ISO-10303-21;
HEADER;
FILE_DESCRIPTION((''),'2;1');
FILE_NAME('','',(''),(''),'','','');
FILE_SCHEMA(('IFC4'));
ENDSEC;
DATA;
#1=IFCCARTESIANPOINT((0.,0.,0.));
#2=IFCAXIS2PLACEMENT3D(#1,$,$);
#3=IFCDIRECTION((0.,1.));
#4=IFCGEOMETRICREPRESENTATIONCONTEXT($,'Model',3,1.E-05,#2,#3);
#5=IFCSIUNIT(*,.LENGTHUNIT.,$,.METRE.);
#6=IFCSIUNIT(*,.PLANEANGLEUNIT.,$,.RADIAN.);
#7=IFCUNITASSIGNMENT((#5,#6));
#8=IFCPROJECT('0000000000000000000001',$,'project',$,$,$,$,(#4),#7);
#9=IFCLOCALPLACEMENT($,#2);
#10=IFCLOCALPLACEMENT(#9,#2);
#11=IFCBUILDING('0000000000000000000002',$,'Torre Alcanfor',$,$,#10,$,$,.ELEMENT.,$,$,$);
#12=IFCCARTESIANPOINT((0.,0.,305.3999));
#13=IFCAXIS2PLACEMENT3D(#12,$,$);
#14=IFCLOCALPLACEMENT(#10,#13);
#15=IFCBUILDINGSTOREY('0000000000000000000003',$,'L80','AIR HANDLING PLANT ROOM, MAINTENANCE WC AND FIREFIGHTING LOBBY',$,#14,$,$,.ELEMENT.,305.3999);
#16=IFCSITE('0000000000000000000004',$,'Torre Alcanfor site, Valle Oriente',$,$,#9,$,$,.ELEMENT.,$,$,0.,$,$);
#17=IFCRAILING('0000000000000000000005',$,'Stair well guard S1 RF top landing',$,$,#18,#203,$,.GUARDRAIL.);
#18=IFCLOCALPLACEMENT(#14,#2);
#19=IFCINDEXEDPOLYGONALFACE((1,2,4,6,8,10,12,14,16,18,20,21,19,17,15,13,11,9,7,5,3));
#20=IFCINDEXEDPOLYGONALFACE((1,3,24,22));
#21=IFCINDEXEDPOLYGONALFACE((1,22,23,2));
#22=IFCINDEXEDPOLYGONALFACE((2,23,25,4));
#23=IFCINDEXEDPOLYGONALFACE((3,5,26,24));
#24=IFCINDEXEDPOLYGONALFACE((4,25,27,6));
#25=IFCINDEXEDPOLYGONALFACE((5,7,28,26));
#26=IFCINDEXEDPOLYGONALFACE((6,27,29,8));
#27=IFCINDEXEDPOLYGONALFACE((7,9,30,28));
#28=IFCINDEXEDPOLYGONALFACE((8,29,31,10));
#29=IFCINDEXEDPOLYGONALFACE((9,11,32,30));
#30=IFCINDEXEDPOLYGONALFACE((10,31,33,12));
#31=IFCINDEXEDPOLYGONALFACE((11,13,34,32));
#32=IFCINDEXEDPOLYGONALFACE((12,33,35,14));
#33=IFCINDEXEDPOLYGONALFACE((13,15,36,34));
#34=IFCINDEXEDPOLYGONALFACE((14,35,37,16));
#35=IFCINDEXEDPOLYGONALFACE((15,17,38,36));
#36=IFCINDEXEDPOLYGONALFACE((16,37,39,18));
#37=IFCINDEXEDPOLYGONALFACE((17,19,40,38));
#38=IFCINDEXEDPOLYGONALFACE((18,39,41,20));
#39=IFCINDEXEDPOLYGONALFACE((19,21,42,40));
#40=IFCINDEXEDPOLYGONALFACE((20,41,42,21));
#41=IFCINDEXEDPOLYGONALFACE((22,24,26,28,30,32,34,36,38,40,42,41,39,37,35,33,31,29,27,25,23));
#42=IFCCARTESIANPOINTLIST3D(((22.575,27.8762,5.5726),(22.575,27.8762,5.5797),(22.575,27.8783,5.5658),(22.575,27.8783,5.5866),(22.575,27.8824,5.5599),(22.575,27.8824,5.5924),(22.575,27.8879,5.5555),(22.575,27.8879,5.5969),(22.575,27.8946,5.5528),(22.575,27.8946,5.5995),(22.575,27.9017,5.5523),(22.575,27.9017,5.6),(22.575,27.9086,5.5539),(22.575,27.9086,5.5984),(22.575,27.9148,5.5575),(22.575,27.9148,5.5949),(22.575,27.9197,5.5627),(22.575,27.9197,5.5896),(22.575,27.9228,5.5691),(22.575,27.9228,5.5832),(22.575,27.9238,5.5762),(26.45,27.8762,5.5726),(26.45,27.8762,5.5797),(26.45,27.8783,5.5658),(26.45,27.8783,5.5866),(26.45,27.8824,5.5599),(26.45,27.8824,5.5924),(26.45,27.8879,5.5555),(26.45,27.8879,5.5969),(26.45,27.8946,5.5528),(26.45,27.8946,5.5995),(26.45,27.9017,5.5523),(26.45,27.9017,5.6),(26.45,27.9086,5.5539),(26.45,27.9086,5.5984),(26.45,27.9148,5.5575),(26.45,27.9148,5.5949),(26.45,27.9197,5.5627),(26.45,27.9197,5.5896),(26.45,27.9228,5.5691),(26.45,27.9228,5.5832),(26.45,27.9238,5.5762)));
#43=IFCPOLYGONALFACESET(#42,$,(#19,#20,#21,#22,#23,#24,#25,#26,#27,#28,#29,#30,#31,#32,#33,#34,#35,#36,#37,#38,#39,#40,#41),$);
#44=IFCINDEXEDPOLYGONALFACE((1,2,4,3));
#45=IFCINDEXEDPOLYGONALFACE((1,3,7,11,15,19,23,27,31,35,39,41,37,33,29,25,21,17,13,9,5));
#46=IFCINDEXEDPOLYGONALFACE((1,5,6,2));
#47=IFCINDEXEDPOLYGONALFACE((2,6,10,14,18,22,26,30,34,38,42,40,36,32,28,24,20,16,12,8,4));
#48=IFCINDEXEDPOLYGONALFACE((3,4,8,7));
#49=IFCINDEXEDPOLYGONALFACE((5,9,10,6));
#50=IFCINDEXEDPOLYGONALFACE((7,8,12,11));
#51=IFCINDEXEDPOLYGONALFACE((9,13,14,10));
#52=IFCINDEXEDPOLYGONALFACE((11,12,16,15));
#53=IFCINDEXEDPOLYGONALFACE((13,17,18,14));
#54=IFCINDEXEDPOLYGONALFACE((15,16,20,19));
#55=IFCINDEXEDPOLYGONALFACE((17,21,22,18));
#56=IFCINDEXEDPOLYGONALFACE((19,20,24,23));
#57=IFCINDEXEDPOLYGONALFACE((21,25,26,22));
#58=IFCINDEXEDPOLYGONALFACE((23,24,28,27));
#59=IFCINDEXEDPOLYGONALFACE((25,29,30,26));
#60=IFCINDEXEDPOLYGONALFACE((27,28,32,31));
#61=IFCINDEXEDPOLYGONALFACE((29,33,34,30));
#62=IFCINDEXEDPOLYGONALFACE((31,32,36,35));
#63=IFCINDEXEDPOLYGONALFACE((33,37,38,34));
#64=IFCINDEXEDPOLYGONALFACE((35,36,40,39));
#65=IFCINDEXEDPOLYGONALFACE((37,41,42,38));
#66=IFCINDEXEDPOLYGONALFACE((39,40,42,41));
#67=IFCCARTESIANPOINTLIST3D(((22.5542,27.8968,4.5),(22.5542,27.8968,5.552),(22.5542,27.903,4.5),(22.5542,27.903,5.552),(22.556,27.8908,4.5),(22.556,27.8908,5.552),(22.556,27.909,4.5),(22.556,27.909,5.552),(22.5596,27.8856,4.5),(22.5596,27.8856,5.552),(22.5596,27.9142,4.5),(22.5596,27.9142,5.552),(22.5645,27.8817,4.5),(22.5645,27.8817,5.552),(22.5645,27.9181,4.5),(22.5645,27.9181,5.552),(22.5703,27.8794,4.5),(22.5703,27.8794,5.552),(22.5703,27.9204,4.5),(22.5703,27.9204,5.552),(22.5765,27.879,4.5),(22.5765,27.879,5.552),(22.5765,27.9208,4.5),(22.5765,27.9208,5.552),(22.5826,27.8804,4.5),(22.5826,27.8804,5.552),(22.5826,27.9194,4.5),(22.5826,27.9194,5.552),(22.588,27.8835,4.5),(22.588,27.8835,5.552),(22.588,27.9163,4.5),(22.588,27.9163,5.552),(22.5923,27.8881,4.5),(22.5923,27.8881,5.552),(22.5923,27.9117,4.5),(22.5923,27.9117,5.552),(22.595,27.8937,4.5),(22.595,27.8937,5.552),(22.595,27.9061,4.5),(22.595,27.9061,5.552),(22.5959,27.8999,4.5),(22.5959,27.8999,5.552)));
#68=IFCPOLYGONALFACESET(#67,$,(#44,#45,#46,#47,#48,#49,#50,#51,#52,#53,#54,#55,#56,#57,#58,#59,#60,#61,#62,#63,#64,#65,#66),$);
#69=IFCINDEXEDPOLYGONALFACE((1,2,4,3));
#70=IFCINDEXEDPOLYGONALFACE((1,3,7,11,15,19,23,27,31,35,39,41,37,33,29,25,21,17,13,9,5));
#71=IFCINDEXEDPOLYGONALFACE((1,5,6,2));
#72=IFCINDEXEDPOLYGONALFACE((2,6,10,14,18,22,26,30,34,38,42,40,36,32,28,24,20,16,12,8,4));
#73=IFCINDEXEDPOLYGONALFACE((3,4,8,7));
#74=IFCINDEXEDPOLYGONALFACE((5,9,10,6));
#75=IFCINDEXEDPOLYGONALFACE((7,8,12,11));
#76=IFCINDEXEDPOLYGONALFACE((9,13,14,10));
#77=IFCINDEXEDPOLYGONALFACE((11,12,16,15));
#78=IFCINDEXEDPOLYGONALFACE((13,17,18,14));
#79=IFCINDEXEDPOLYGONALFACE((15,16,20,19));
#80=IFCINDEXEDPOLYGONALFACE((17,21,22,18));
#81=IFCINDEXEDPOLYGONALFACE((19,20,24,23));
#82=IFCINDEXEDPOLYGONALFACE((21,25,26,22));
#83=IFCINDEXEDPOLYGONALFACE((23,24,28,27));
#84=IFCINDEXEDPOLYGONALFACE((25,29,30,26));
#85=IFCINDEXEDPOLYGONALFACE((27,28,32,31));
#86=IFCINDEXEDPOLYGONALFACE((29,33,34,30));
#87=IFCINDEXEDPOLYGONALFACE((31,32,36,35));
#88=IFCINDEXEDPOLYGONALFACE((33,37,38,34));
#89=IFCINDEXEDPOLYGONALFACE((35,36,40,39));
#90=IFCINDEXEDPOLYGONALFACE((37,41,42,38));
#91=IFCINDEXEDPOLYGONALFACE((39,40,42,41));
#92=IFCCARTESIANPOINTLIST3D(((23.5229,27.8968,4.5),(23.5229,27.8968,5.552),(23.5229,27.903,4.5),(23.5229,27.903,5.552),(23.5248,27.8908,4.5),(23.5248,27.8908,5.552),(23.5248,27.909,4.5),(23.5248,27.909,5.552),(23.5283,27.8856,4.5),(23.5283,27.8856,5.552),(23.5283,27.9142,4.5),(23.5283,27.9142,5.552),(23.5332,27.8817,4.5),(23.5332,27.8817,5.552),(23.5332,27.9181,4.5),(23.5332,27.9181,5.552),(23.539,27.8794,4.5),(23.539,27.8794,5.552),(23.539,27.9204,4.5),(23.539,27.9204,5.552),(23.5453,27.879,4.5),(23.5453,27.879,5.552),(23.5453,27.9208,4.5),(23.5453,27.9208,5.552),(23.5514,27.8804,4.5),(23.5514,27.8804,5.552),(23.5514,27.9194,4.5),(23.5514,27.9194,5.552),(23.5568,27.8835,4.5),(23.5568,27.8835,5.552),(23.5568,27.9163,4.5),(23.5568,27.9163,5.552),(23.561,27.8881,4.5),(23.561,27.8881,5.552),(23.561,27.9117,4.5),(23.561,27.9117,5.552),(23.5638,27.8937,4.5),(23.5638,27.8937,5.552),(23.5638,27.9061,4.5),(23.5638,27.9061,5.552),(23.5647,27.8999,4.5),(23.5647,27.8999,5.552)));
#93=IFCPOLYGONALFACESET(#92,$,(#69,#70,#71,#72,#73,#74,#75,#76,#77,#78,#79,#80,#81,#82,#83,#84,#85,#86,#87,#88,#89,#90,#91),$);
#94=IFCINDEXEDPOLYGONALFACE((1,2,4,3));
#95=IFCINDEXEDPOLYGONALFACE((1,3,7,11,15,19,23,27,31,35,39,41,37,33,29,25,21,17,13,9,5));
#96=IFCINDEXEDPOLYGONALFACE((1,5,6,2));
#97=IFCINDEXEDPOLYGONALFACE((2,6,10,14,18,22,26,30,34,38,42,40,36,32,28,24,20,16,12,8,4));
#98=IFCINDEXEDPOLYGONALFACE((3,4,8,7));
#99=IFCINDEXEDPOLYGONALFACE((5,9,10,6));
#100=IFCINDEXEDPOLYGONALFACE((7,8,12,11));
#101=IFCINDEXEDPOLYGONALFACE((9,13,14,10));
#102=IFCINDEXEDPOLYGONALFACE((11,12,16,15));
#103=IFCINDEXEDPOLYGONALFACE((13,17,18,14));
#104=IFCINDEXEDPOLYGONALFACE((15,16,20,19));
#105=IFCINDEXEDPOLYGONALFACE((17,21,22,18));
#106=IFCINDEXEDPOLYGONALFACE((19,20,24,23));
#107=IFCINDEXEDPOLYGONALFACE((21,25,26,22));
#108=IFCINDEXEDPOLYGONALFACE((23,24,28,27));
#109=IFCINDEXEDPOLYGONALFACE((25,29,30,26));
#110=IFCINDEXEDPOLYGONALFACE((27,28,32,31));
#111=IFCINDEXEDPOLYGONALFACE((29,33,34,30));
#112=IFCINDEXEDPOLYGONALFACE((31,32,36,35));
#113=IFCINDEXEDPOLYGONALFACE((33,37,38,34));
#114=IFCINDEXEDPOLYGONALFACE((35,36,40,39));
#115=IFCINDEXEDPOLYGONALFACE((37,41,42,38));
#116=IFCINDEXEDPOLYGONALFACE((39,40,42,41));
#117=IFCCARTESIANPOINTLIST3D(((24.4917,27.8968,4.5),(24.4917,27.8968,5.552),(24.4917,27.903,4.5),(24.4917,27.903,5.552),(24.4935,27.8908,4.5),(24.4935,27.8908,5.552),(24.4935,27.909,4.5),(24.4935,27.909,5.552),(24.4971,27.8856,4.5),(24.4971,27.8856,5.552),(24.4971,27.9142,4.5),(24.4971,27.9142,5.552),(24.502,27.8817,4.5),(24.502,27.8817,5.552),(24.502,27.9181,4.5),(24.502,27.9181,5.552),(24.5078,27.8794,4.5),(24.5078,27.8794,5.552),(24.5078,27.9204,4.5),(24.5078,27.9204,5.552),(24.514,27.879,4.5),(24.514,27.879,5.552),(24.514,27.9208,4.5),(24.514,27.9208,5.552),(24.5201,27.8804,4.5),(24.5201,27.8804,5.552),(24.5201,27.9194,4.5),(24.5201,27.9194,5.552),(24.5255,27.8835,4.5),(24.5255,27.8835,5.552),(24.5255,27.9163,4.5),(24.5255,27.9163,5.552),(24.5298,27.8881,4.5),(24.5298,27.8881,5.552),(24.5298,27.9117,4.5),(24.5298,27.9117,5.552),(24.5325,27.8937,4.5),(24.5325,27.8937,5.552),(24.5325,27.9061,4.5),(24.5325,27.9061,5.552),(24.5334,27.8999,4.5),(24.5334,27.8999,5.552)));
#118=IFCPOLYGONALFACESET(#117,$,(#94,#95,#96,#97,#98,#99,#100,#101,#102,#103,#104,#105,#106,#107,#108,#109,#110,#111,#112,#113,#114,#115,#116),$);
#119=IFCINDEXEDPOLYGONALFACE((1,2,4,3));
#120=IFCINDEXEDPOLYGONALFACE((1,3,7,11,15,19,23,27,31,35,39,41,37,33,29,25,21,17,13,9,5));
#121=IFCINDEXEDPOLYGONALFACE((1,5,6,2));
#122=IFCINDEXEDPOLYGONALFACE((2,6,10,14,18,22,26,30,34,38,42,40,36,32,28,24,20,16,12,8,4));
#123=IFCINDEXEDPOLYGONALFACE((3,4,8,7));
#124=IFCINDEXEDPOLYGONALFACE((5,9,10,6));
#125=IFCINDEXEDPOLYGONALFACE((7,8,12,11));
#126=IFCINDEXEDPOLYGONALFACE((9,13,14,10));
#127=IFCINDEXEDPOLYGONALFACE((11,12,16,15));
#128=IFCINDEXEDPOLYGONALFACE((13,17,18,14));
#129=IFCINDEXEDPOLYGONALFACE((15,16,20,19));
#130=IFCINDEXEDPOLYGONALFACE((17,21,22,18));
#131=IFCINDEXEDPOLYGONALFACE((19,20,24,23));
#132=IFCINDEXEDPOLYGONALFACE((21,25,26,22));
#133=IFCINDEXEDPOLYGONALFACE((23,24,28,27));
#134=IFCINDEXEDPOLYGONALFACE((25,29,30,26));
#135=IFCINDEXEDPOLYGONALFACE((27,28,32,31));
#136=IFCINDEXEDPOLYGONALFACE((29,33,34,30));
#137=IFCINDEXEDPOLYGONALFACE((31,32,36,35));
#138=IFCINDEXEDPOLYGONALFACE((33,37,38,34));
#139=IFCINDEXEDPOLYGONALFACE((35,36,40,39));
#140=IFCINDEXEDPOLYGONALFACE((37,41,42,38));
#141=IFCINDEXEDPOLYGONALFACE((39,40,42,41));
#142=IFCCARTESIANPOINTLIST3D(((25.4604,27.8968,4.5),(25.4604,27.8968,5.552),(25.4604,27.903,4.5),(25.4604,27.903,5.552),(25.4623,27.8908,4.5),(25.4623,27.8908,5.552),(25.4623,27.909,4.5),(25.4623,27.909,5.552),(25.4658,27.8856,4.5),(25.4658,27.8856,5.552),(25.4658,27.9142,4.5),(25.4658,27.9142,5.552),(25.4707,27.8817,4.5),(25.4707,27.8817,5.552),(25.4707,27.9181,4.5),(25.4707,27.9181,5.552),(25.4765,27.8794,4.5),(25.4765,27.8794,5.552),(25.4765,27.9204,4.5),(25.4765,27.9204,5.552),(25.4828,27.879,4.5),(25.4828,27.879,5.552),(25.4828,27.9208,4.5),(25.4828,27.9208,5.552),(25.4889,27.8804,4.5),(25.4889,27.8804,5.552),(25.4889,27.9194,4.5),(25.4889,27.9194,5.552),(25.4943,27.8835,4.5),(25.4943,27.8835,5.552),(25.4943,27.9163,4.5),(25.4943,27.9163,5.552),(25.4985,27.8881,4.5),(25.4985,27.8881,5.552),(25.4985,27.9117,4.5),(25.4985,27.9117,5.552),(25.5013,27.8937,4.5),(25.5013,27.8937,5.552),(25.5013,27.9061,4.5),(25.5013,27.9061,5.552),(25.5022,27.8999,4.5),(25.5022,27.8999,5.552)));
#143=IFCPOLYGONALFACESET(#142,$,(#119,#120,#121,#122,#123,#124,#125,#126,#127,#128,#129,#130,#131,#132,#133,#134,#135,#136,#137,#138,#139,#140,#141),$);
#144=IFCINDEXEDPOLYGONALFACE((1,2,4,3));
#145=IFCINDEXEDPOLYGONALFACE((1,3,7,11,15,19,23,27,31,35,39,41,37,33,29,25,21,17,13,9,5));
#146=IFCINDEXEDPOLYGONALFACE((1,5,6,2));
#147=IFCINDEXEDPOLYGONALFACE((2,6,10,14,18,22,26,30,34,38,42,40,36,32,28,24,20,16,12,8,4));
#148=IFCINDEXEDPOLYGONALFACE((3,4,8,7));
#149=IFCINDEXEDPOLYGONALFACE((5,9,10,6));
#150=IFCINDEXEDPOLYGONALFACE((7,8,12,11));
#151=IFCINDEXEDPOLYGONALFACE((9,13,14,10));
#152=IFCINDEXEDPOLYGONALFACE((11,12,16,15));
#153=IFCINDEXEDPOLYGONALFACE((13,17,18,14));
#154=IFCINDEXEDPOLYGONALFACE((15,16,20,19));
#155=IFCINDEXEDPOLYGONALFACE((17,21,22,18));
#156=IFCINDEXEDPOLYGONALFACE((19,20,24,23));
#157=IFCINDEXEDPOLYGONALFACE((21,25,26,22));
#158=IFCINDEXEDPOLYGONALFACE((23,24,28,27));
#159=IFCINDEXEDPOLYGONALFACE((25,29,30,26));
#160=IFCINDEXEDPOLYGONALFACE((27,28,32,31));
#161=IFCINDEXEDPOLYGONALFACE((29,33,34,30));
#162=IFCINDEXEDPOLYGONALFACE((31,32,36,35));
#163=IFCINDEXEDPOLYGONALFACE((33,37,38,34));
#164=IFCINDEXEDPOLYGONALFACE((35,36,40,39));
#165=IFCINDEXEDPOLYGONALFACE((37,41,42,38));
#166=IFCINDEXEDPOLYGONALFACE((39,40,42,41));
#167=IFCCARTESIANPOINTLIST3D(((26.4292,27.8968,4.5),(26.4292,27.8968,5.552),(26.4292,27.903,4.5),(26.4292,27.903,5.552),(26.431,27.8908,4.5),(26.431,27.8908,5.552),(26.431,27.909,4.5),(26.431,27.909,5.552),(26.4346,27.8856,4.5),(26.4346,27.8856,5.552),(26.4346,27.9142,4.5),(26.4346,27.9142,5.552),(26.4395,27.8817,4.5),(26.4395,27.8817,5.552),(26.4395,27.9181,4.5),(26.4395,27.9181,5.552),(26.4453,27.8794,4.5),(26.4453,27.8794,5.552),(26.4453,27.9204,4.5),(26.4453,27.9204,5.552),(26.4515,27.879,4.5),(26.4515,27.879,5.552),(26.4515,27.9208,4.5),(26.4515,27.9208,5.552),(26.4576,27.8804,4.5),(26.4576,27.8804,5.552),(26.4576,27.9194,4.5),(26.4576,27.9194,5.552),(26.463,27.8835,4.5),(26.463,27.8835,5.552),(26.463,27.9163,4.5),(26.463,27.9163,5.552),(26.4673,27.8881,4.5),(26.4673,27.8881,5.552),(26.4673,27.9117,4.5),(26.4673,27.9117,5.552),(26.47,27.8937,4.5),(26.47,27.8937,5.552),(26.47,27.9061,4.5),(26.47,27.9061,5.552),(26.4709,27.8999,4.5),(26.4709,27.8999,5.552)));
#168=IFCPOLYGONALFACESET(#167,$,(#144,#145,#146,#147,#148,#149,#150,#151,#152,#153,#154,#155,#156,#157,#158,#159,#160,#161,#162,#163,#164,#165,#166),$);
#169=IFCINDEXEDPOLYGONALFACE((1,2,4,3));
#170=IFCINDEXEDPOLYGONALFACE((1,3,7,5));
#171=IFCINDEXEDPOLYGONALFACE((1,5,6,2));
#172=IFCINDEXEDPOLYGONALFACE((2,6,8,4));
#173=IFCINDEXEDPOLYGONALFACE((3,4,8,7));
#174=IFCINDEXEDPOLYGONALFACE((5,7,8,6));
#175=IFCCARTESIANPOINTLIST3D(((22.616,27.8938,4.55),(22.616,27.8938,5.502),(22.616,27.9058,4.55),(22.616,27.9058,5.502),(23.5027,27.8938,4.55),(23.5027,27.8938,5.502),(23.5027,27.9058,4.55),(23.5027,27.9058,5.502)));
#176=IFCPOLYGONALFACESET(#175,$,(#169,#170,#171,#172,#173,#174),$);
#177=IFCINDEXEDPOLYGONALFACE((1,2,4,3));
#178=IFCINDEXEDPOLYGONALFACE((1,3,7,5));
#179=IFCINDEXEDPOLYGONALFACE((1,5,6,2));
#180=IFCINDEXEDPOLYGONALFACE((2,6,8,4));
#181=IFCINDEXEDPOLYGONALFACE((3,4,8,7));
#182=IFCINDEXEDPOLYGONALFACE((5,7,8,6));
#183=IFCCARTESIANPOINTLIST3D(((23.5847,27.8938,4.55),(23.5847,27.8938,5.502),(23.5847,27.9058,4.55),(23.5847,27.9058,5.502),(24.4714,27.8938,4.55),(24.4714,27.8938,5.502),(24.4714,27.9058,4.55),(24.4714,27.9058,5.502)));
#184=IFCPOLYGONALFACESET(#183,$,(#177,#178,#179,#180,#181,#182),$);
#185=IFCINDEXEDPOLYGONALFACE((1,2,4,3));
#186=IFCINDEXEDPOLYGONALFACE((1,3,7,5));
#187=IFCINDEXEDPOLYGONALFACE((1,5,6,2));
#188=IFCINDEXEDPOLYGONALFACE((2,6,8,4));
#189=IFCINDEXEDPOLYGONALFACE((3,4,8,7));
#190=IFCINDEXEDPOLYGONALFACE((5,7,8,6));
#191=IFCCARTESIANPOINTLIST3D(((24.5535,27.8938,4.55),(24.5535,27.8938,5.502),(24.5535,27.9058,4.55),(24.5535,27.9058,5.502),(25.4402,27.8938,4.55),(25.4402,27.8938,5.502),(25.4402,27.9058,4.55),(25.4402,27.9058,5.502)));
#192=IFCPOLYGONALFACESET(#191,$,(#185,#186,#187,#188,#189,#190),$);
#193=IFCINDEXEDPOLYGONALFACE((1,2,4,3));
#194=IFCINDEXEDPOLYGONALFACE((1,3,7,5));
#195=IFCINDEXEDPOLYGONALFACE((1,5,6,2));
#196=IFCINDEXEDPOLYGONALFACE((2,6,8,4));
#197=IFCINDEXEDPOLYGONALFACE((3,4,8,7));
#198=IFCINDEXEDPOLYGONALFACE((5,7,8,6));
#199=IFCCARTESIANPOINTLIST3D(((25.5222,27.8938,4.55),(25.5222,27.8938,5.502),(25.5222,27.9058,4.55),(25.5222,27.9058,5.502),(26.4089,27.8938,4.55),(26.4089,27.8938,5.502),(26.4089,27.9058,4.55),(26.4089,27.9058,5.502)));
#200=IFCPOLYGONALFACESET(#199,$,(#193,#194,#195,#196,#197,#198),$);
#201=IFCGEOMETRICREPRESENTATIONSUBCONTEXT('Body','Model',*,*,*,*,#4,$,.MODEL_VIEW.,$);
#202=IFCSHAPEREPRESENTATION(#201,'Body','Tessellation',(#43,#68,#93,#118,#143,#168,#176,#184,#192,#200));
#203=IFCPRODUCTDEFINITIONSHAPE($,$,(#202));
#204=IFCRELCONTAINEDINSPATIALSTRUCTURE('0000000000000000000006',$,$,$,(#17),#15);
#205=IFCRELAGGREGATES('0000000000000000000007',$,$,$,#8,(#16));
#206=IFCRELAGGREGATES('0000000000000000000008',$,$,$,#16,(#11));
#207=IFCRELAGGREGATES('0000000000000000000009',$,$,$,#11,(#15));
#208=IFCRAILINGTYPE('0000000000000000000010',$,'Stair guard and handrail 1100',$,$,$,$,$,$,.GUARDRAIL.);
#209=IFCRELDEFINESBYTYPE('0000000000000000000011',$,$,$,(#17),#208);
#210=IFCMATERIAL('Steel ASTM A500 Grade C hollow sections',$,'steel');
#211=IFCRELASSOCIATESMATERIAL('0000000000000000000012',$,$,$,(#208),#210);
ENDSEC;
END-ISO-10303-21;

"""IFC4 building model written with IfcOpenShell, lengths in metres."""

from ifc_helpers import new_model, si_unit, direction, frame, origin, origin_2d, place, context, subcontext, project, spatial, polyline, circle, outline, extrude, material, type_object, element, save


model = new_model("IFC4")

# Units and contexts
model_context = context("Model", 3, precision=1e-05, world=origin(), true_north=direction((0.0, 1.0)))
body_context = subcontext(model_context, "Body", "Model", "MODEL_VIEW")
ifc_project = project(units=[si_unit("LENGTHUNIT", "METRE"), si_unit("PLANEANGLEUNIT", "RADIAN")], contexts=[model_context])

# Site, building, storey
site_placement = place(None, origin())
site = spatial("IfcSite", under=ifc_project, at=site_placement, Name="Torre Alcanfor site, Valle Oriente", CompositionType="ELEMENT", RefElevation=0.0)
building_placement = place(site_placement, origin())
building = spatial("IfcBuilding", under=site, at=building_placement, Name="Torre Alcanfor", CompositionType="ELEMENT")
storey_placement = place(building_placement, frame((0.0, 0.0, 305.3999)))
storey = spatial("IfcBuildingStorey", under=building, at=storey_placement, Name="L80", Description="AIR HANDLING PLANT ROOM, MAINTENANCE WC AND FIREFIGHTING LOBBY", CompositionType="ELEMENT", Elevation=305.3999)

# Railing
ifc_material_1 = material(Name="Steel ASTM A500 Grade C hollow sections", Category="steel")
railing_type_1 = type_object("IfcRailingType", Name="Stair guard and handrail 1100", PredefinedType="GUARDRAIL", material=ifc_material_1)
railing_1_placement = place(storey_placement, frame((22.575, 27.8999, 4.5)))
element("IfcRailing", 1, at=railing_1_placement, inside=storey, type_object=railing_type_1, Name="Stair well guard S1 RF top landing", PredefinedType="GUARDRAIL", context=body_context, shape_type="SweptSolid", body=[
    extrude(circle(Radius=0.0239, at=origin_2d()), frame((0.0, 0.0, 1.0762), z_axis=(1.0, 0.0, 0.0), x_axis=(0.0, 1.0, 0.0)), (0.0, 0.0, 1.0), 3.875),
    extrude(circle(Radius=0.021, at=origin_2d()), origin(), (0.0, 0.0, 1.0), 1.052),
    extrude(circle(Radius=0.021, at=origin_2d()), frame((0.9688, 0.0, 0.0)), (0.0, 0.0, 1.0), 1.052),
    extrude(circle(Radius=0.021, at=origin_2d()), frame((1.9375, 0.0, 0.0)), (0.0, 0.0, 1.0), 1.052),
    extrude(circle(Radius=0.021, at=origin_2d()), frame((2.9062, 0.0, 0.0)), (0.0, 0.0, 1.0), 1.052),
    extrude(circle(Radius=0.021, at=origin_2d()), frame((3.875, 0.0, 0.0)), (0.0, 0.0, 1.0), 1.052),
    extrude(outline(polyline([(0.041, 0.05), (0.9277, 0.05), (0.9277, 1.002), (0.041, 1.002), (0.041, 0.05)])), frame((0.0, 0.0059, 0.0), z_axis=(0.0, -1.0, 0.0), x_axis=(1.0, 0.0, 0.0)), (0.0, 0.0, 1.0), 0.012),
    extrude(outline(polyline([(1.0098, 0.05), (1.8965, 0.05), (1.8965, 1.002), (1.0098, 1.002), (1.0098, 0.05)])), frame((0.0, 0.0059, 0.0), z_axis=(0.0, -1.0, 0.0), x_axis=(1.0, 0.0, 0.0)), (0.0, 0.0, 1.0), 0.012),
    extrude(outline(polyline([(1.9785, 0.05), (2.8652, 0.05), (2.8652, 1.002), (1.9785, 1.002), (1.9785, 0.05)])), frame((0.0, 0.0059, 0.0), z_axis=(0.0, -1.0, 0.0), x_axis=(1.0, 0.0, 0.0)), (0.0, 0.0, 1.0), 0.012),
    extrude(outline(polyline([(2.9473, 0.05), (3.834, 0.05), (3.834, 1.002), (2.9473, 1.002), (2.9473, 0.05)])), frame((0.0, 0.0059, 0.0), z_axis=(0.0, -1.0, 0.0), x_axis=(1.0, 0.0, 0.0)), (0.0, 0.0, 1.0), 0.012),
])

save(model, "model.ifc")
